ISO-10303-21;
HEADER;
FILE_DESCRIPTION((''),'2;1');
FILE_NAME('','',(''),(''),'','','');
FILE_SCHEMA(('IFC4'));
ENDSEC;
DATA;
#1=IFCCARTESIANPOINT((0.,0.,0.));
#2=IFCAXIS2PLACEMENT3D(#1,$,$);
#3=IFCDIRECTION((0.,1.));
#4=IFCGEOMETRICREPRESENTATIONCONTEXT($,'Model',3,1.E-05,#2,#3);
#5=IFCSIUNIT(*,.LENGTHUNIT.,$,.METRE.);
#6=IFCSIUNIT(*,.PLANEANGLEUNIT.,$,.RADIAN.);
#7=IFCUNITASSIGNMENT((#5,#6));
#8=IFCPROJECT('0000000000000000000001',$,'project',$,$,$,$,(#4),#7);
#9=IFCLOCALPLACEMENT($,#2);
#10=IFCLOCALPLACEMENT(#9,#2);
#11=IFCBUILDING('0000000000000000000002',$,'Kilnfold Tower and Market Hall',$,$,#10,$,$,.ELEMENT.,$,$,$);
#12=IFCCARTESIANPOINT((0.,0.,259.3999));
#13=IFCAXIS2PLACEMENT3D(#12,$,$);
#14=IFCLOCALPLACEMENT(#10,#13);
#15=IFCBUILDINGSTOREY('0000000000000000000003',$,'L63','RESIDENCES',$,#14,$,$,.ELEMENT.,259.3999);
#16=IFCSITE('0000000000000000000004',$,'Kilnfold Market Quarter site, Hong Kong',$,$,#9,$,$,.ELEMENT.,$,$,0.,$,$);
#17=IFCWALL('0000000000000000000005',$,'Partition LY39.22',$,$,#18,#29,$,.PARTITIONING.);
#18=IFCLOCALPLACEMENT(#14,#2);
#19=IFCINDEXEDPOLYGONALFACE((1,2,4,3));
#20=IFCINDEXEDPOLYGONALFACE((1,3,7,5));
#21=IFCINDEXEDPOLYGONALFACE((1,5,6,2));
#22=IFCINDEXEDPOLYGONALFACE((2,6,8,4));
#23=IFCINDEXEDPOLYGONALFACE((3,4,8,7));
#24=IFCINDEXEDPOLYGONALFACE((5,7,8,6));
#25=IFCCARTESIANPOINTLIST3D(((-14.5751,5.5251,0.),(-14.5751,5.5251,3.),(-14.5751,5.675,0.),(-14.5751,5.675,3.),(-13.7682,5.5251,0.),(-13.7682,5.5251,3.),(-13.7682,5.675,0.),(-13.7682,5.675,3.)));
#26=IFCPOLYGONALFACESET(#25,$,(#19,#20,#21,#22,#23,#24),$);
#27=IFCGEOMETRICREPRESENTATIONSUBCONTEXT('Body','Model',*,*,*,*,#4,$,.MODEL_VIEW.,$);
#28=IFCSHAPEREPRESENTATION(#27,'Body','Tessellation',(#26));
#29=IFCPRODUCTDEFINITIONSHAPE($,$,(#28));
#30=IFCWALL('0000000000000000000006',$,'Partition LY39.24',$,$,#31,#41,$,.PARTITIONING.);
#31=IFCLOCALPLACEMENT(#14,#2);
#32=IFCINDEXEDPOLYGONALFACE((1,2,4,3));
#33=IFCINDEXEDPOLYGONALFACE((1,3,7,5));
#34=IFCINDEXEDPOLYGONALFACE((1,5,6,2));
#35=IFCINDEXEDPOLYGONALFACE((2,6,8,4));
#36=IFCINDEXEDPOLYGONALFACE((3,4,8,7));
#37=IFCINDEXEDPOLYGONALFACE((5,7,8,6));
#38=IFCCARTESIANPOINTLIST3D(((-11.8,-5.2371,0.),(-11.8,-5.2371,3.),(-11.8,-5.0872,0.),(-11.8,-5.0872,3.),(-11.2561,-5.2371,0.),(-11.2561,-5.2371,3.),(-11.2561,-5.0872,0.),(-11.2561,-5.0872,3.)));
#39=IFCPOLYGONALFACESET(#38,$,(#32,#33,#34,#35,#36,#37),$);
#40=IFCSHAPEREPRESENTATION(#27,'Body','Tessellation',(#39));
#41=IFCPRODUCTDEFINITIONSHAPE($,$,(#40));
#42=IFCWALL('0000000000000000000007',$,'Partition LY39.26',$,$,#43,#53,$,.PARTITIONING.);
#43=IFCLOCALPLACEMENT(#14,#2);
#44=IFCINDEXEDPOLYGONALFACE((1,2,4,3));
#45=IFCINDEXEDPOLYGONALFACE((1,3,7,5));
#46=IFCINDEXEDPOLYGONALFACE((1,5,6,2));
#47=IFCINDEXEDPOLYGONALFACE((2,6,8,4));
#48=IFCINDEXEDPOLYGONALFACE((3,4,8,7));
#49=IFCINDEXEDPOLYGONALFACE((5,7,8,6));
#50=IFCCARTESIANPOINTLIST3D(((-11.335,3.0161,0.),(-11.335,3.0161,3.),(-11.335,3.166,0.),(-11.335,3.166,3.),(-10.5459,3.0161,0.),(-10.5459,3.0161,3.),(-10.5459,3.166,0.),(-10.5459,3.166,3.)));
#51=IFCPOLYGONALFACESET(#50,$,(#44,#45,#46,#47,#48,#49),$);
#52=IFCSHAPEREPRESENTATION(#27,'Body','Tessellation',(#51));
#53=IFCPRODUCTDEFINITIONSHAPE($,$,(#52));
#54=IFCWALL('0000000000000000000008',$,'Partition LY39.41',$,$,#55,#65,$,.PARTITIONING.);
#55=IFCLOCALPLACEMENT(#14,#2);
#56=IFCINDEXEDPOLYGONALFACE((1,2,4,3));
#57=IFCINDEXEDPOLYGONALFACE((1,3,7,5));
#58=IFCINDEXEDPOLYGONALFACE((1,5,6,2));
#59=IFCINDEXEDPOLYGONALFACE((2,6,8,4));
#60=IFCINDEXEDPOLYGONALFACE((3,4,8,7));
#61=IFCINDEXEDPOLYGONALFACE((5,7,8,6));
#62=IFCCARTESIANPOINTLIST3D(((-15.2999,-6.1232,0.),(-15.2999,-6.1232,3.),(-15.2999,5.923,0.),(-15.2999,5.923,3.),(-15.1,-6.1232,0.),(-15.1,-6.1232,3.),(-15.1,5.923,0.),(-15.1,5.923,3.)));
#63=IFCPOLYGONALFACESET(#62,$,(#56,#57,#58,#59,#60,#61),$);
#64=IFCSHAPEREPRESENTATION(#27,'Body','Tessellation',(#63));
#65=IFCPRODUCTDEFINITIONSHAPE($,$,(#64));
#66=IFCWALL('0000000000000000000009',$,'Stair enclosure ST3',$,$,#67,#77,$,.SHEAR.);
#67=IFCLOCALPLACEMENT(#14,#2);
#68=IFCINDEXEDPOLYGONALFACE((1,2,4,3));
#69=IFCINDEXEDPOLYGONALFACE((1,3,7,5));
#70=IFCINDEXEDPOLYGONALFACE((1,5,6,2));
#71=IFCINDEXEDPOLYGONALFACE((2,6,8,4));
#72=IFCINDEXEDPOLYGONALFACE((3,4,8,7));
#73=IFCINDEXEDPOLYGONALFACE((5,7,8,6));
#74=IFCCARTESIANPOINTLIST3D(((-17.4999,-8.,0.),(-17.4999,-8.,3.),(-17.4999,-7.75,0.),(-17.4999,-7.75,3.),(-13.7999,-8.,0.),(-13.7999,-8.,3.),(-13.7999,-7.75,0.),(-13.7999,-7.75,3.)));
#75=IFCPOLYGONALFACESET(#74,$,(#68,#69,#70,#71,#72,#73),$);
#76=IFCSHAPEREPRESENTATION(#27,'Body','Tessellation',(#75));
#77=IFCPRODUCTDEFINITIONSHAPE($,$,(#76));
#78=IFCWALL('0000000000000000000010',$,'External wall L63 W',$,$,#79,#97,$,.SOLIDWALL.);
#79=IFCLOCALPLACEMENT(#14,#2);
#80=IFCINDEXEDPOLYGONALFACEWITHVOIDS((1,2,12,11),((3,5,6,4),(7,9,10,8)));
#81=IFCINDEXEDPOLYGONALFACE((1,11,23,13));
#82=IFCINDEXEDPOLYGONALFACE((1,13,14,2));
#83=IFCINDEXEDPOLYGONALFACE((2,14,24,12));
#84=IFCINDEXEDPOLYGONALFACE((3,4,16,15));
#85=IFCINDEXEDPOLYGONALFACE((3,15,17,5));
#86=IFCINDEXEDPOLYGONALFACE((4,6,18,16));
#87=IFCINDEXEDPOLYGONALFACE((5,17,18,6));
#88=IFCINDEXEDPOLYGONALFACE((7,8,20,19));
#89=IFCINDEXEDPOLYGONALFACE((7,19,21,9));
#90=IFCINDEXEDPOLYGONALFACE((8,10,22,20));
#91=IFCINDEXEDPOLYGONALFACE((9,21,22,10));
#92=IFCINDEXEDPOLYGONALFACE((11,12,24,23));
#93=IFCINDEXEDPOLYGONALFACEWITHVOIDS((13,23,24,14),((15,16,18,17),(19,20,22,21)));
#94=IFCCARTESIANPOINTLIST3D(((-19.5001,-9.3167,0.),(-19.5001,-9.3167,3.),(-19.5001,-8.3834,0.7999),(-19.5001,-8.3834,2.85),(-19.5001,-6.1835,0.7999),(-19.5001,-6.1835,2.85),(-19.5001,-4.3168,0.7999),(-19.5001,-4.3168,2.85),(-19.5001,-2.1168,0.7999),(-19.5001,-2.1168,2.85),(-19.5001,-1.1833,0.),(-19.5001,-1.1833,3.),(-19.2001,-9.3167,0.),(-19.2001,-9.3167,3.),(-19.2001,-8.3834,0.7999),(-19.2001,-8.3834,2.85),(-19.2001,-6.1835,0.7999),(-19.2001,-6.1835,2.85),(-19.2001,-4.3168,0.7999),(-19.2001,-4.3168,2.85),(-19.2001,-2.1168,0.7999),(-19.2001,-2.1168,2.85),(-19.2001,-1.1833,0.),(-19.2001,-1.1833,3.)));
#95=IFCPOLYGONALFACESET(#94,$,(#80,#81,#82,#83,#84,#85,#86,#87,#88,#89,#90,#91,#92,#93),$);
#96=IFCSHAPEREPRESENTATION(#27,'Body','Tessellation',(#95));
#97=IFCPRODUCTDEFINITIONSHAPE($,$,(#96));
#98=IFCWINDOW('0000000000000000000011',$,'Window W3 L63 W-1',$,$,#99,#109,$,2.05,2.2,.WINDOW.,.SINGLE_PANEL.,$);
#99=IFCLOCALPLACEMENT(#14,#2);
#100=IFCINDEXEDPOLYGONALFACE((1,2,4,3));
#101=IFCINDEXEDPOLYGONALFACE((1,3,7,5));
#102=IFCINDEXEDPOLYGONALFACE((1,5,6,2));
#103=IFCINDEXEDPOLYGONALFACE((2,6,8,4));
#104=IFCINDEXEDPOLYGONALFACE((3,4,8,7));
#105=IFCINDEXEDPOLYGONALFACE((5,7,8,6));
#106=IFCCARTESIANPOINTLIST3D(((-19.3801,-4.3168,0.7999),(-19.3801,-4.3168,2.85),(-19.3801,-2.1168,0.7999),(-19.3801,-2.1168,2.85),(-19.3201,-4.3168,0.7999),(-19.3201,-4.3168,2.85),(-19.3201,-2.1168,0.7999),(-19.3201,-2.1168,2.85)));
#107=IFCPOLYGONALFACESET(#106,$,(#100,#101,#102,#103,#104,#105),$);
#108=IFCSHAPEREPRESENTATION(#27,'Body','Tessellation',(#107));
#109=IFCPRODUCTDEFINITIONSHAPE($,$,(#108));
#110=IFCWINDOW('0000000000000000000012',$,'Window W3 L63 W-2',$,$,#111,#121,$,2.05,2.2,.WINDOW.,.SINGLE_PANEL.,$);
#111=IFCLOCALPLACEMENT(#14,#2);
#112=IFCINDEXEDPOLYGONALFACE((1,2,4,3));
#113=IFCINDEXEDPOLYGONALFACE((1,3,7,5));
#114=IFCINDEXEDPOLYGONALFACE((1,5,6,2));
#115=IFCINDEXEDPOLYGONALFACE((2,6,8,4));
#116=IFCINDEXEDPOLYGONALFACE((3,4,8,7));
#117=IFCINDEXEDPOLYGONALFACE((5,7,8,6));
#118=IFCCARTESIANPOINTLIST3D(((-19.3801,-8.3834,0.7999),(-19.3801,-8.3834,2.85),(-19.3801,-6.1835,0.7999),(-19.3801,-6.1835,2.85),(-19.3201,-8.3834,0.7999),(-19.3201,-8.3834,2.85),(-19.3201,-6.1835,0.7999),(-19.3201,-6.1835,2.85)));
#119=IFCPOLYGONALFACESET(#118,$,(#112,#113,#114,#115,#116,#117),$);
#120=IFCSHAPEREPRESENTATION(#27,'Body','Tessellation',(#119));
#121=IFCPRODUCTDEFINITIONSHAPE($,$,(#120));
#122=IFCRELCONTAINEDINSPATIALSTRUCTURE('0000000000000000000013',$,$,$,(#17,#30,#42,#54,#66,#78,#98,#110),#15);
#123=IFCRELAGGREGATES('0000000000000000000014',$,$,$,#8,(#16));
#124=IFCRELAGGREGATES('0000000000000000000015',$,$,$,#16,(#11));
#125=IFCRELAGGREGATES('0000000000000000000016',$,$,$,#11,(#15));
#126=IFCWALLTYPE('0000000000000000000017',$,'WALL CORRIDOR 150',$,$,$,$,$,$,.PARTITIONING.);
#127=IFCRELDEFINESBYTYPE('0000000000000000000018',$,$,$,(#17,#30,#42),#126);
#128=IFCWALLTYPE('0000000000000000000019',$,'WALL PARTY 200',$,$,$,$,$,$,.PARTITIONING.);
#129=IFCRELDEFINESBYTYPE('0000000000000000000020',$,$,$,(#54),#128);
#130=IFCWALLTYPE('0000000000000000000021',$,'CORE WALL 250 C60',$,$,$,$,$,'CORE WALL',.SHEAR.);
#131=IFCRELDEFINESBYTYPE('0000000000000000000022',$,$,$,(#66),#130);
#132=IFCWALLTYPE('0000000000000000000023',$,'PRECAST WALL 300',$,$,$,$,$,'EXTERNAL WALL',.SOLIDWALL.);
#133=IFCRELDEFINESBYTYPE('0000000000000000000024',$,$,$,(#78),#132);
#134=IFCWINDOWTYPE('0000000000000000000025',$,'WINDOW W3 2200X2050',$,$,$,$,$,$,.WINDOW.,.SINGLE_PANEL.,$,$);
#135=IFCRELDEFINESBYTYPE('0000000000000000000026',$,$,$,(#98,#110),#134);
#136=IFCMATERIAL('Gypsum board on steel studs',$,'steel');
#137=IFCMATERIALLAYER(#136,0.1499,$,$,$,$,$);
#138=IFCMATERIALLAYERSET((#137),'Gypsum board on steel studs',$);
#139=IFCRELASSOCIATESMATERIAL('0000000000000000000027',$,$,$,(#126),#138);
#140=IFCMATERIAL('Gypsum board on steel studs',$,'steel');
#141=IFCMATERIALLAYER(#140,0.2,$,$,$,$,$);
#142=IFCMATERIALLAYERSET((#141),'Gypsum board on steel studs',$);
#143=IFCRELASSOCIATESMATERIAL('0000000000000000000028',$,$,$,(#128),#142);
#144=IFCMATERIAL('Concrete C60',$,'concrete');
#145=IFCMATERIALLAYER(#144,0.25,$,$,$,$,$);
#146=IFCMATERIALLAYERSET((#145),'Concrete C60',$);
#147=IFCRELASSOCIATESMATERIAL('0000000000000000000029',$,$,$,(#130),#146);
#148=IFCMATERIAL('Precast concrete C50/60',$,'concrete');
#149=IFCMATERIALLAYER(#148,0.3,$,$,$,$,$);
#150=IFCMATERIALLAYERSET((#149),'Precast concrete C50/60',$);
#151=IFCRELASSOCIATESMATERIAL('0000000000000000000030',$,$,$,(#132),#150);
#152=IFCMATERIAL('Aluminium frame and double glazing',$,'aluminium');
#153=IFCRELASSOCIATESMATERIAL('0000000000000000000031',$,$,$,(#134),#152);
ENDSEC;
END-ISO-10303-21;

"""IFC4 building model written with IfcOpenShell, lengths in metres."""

from ifc_helpers import new_model, si_unit, direction, frame, frame_2d, origin, place, context, subcontext, project, spatial, rectangle, extrude, source, transform, mapped, material, layer, layer_set, type_object, element, fill, save


model = new_model("IFC4")

# Units and contexts
model_context = context("Model", 3, precision=1e-05, world=origin(), true_north=direction((0.0, 1.0)))
body_context = subcontext(model_context, "Body", "Model", "MODEL_VIEW")
ifc_project = project(units=[si_unit("LENGTHUNIT", "METRE"), si_unit("PLANEANGLEUNIT", "RADIAN")], contexts=[model_context])

# Site, building, storey
site_placement = place(None, origin())
site = spatial("IfcSite", under=ifc_project, at=site_placement, Name="Kilnfold Market Quarter site, Hong Kong", CompositionType="ELEMENT", RefElevation=0.0)
building_placement = place(site_placement, origin())
building = spatial("IfcBuilding", under=site, at=building_placement, Name="Kilnfold Tower and Market Hall", CompositionType="ELEMENT")
storey_placement = place(building_placement, frame((0.0, 0.0, 259.3999)))
storey = spatial("IfcBuildingStorey", under=building, at=storey_placement, Name="L63", Description="RESIDENCES", CompositionType="ELEMENT", Elevation=259.3999)

# Shared definitions
ifc_material_1 = material(Name="Gypsum board on steel studs", Category="steel")
ifc_layer_1 = layer(ifc_material_1, 0.1499)
ifc_layer_set_1 = layer_set([ifc_layer_1], Name="Gypsum board on steel studs")
wall_type_1 = type_object("IfcWallType", Name="WALL CORRIDOR 150", PredefinedType="PARTITIONING", material=ifc_layer_set_1)

# Walls
wall_1_placement = place(storey_placement, frame((-14.575, 5.6001, 0.0), z_axis=(0.0, 0.0, 1.0), x_axis=(1.0, 0.0, 0.0)))
element("IfcWall", 1, at=wall_1_placement, inside=storey, type_object=wall_type_1, Name="Partition LY39.22", PredefinedType="PARTITIONING", context=body_context, shape_type="SweptSolid", body=[
    extrude(rectangle(XDim=0.8069, YDim=0.1499, at=frame_2d((0.4033, 0.0))), origin(), (0.0, 0.0, 1.0), 3.0),
])
wall_2_placement = place(storey_placement, frame((-11.8, -5.1621, 0.0), z_axis=(0.0, 0.0, 1.0), x_axis=(1.0, 0.0, 0.0)))
element("IfcWall", 2, at=wall_2_placement, inside=storey, type_object=wall_type_1, Name="Partition LY39.24", PredefinedType="PARTITIONING", context=body_context, shape_type="SweptSolid", body=[
    extrude(rectangle(XDim=0.5439, YDim=0.1499, at=frame_2d((0.272, 0.0))), origin(), (0.0, 0.0, 1.0), 3.0),
])
wall_3_placement = place(storey_placement, frame((-11.335, 3.0911, 0.0), z_axis=(0.0, 0.0, 1.0), x_axis=(1.0, 0.0, 0.0)))
element("IfcWall", 3, at=wall_3_placement, inside=storey, type_object=wall_type_1, Name="Partition LY39.26", PredefinedType="PARTITIONING", context=body_context, shape_type="SweptSolid", body=[
    extrude(rectangle(XDim=0.7891, YDim=0.1499, at=frame_2d((0.3945, 0.0))), origin(), (0.0, 0.0, 1.0), 3.0),
])
ifc_material_2 = material(Name="Gypsum board on steel studs", Category="steel")
ifc_layer_2 = layer(ifc_material_2, 0.2)
ifc_layer_set_2 = layer_set([ifc_layer_2], Name="Gypsum board on steel studs")
wall_type_2 = type_object("IfcWallType", Name="WALL PARTY 200", PredefinedType="PARTITIONING", material=ifc_layer_set_2)
wall_4_placement = place(storey_placement, frame((-15.2, -6.123, 0.0), z_axis=(0.0, 0.0, 1.0), x_axis=(0.0, 1.0, 0.0)))
element("IfcWall", 4, at=wall_4_placement, inside=storey, type_object=wall_type_2, Name="Partition LY39.41", PredefinedType="PARTITIONING", context=body_context, shape_type="SweptSolid", body=[
    extrude(rectangle(XDim=12.0461, YDim=0.2, at=frame_2d((6.0229, 0.0))), origin(), (0.0, 0.0, 1.0), 3.0),
])
ifc_material_3 = material(Name="Concrete C60", Category="concrete")
ifc_layer_3 = layer(ifc_material_3, 0.25)
ifc_layer_set_3 = layer_set([ifc_layer_3], Name="Concrete C60")
wall_type_3 = type_object("IfcWallType", Name="CORE WALL 250 C60", ElementType="CORE WALL", PredefinedType="SHEAR", material=ifc_layer_set_3)
shared_shape_1 = source(origin(), body_context, "Body", "SweptSolid", [
    extrude(rectangle(XDim=3.7, YDim=0.25, at=frame_2d((1.8501, 0.0))), origin(), (0.0, 0.0, 1.0), 3.0),
])
wall_5_placement = place(storey_placement, frame((-17.5, -7.875, 0.0), z_axis=(0.0, 0.0, 1.0), x_axis=(1.0, 0.0, 0.0)))
element("IfcWall", 5, at=wall_5_placement, inside=storey, type_object=wall_type_3, Name="Stair enclosure ST3", PredefinedType="SHEAR", context=body_context, shape_type="MappedRepresentation", body=[
    mapped(shared_shape_1, transform((0.0, 0.0, 0.0))),
])

# Wall, openings, windows
ifc_material_4 = material(Name="Precast concrete C50/60", Category="concrete")
ifc_layer_4 = layer(ifc_material_4, 0.3)
ifc_layer_set_4 = layer_set([ifc_layer_4], Name="Precast concrete C50/60")
wall_type_4 = type_object("IfcWallType", Name="PRECAST WALL 300", ElementType="EXTERNAL WALL", PredefinedType="SOLIDWALL", material=ifc_layer_set_4)
shared_shape_2 = source(origin(), body_context, "Body", "SweptSolid", [
    extrude(rectangle(XDim=8.1333, YDim=0.3, at=frame_2d((4.0667, 0.0))), origin(), (0.0, 0.0, 1.0), 3.0),
])
wall_6_placement = place(storey_placement, frame((-19.3501, -1.1833, 0.0), z_axis=(0.0, 0.0, 1.0), x_axis=(0.0, -1.0, 0.0)))
wall_6 = element("IfcWall", 6, at=wall_6_placement, inside=storey, type_object=wall_type_4, Name="External wall L63 W", PredefinedType="SOLIDWALL", context=body_context, shape_type="MappedRepresentation", body=[
    mapped(shared_shape_2, transform((0.0, 0.0, 0.0))),
])
opening_1_placement = place(wall_6_placement, frame((0.9333, 0.0, 0.8)))
opening_1 = element("IfcOpeningElement", 7, at=opening_1_placement, cuts=wall_6, PredefinedType="OPENING", context=body_context, shape_type="SweptSolid", body=[
    extrude(rectangle(XDim=2.2, YDim=2.05, at=frame_2d((1.1001, 1.0249))), frame((0.0, 0.1602, 0.0), z_axis=(0.0, -1.0, 0.0), x_axis=(1.0, 0.0, 0.0)), (0.0, 0.0, 1.0), 0.3201),
])
opening_2_placement = place(wall_6_placement, frame((5.0, 0.0, 0.8)))
opening_2 = element("IfcOpeningElement", 8, at=opening_2_placement, cuts=wall_6, PredefinedType="OPENING", context=body_context, shape_type="SweptSolid", body=[
    extrude(rectangle(XDim=2.2, YDim=2.05, at=frame_2d((1.1001, 1.0249))), frame((0.0, 0.1602, 0.0), z_axis=(0.0, -1.0, 0.0), x_axis=(1.0, 0.0, 0.0)), (0.0, 0.0, 1.0), 0.3201),
])
ifc_material_5 = material(Name="Aluminium frame and double glazing", Category="aluminium")
window_type = type_object("IfcWindowType", Name="WINDOW W3 2200X2050", PartitioningType="SINGLE_PANEL", PredefinedType="WINDOW", material=ifc_material_5)
window_1_placement = place(opening_1_placement, origin())
window_1 = element("IfcWindow", 9, at=window_1_placement, inside=storey, type_object=window_type, Name="Window W3 L63 W-1", OverallHeight=2.05, OverallWidth=2.2, PartitioningType="SINGLE_PANEL", PredefinedType="WINDOW", context=body_context, shape_type="SweptSolid", body=[
    extrude(rectangle(XDim=2.2, YDim=2.05, at=frame_2d((1.1001, 1.0249))), frame((0.0, 0.03, 0.0), z_axis=(0.0, -1.0, 0.0), x_axis=(1.0, 0.0, 0.0)), (0.0, 0.0, 1.0), 0.0601),
])
fill(opening_1, window_1)
window_2_placement = place(opening_2_placement, origin())
window_2 = element("IfcWindow", 10, at=window_2_placement, inside=storey, type_object=window_type, Name="Window W3 L63 W-2", OverallHeight=2.05, OverallWidth=2.2, PartitioningType="SINGLE_PANEL", PredefinedType="WINDOW", context=body_context, shape_type="SweptSolid", body=[
    extrude(rectangle(XDim=2.2, YDim=2.05, at=frame_2d((1.1001, 1.0249))), frame((0.0, 0.03, 0.0), z_axis=(0.0, -1.0, 0.0), x_axis=(1.0, 0.0, 0.0)), (0.0, 0.0, 1.0), 0.0601),
])
fill(opening_2, window_2)

save(model, "model.ifc")
